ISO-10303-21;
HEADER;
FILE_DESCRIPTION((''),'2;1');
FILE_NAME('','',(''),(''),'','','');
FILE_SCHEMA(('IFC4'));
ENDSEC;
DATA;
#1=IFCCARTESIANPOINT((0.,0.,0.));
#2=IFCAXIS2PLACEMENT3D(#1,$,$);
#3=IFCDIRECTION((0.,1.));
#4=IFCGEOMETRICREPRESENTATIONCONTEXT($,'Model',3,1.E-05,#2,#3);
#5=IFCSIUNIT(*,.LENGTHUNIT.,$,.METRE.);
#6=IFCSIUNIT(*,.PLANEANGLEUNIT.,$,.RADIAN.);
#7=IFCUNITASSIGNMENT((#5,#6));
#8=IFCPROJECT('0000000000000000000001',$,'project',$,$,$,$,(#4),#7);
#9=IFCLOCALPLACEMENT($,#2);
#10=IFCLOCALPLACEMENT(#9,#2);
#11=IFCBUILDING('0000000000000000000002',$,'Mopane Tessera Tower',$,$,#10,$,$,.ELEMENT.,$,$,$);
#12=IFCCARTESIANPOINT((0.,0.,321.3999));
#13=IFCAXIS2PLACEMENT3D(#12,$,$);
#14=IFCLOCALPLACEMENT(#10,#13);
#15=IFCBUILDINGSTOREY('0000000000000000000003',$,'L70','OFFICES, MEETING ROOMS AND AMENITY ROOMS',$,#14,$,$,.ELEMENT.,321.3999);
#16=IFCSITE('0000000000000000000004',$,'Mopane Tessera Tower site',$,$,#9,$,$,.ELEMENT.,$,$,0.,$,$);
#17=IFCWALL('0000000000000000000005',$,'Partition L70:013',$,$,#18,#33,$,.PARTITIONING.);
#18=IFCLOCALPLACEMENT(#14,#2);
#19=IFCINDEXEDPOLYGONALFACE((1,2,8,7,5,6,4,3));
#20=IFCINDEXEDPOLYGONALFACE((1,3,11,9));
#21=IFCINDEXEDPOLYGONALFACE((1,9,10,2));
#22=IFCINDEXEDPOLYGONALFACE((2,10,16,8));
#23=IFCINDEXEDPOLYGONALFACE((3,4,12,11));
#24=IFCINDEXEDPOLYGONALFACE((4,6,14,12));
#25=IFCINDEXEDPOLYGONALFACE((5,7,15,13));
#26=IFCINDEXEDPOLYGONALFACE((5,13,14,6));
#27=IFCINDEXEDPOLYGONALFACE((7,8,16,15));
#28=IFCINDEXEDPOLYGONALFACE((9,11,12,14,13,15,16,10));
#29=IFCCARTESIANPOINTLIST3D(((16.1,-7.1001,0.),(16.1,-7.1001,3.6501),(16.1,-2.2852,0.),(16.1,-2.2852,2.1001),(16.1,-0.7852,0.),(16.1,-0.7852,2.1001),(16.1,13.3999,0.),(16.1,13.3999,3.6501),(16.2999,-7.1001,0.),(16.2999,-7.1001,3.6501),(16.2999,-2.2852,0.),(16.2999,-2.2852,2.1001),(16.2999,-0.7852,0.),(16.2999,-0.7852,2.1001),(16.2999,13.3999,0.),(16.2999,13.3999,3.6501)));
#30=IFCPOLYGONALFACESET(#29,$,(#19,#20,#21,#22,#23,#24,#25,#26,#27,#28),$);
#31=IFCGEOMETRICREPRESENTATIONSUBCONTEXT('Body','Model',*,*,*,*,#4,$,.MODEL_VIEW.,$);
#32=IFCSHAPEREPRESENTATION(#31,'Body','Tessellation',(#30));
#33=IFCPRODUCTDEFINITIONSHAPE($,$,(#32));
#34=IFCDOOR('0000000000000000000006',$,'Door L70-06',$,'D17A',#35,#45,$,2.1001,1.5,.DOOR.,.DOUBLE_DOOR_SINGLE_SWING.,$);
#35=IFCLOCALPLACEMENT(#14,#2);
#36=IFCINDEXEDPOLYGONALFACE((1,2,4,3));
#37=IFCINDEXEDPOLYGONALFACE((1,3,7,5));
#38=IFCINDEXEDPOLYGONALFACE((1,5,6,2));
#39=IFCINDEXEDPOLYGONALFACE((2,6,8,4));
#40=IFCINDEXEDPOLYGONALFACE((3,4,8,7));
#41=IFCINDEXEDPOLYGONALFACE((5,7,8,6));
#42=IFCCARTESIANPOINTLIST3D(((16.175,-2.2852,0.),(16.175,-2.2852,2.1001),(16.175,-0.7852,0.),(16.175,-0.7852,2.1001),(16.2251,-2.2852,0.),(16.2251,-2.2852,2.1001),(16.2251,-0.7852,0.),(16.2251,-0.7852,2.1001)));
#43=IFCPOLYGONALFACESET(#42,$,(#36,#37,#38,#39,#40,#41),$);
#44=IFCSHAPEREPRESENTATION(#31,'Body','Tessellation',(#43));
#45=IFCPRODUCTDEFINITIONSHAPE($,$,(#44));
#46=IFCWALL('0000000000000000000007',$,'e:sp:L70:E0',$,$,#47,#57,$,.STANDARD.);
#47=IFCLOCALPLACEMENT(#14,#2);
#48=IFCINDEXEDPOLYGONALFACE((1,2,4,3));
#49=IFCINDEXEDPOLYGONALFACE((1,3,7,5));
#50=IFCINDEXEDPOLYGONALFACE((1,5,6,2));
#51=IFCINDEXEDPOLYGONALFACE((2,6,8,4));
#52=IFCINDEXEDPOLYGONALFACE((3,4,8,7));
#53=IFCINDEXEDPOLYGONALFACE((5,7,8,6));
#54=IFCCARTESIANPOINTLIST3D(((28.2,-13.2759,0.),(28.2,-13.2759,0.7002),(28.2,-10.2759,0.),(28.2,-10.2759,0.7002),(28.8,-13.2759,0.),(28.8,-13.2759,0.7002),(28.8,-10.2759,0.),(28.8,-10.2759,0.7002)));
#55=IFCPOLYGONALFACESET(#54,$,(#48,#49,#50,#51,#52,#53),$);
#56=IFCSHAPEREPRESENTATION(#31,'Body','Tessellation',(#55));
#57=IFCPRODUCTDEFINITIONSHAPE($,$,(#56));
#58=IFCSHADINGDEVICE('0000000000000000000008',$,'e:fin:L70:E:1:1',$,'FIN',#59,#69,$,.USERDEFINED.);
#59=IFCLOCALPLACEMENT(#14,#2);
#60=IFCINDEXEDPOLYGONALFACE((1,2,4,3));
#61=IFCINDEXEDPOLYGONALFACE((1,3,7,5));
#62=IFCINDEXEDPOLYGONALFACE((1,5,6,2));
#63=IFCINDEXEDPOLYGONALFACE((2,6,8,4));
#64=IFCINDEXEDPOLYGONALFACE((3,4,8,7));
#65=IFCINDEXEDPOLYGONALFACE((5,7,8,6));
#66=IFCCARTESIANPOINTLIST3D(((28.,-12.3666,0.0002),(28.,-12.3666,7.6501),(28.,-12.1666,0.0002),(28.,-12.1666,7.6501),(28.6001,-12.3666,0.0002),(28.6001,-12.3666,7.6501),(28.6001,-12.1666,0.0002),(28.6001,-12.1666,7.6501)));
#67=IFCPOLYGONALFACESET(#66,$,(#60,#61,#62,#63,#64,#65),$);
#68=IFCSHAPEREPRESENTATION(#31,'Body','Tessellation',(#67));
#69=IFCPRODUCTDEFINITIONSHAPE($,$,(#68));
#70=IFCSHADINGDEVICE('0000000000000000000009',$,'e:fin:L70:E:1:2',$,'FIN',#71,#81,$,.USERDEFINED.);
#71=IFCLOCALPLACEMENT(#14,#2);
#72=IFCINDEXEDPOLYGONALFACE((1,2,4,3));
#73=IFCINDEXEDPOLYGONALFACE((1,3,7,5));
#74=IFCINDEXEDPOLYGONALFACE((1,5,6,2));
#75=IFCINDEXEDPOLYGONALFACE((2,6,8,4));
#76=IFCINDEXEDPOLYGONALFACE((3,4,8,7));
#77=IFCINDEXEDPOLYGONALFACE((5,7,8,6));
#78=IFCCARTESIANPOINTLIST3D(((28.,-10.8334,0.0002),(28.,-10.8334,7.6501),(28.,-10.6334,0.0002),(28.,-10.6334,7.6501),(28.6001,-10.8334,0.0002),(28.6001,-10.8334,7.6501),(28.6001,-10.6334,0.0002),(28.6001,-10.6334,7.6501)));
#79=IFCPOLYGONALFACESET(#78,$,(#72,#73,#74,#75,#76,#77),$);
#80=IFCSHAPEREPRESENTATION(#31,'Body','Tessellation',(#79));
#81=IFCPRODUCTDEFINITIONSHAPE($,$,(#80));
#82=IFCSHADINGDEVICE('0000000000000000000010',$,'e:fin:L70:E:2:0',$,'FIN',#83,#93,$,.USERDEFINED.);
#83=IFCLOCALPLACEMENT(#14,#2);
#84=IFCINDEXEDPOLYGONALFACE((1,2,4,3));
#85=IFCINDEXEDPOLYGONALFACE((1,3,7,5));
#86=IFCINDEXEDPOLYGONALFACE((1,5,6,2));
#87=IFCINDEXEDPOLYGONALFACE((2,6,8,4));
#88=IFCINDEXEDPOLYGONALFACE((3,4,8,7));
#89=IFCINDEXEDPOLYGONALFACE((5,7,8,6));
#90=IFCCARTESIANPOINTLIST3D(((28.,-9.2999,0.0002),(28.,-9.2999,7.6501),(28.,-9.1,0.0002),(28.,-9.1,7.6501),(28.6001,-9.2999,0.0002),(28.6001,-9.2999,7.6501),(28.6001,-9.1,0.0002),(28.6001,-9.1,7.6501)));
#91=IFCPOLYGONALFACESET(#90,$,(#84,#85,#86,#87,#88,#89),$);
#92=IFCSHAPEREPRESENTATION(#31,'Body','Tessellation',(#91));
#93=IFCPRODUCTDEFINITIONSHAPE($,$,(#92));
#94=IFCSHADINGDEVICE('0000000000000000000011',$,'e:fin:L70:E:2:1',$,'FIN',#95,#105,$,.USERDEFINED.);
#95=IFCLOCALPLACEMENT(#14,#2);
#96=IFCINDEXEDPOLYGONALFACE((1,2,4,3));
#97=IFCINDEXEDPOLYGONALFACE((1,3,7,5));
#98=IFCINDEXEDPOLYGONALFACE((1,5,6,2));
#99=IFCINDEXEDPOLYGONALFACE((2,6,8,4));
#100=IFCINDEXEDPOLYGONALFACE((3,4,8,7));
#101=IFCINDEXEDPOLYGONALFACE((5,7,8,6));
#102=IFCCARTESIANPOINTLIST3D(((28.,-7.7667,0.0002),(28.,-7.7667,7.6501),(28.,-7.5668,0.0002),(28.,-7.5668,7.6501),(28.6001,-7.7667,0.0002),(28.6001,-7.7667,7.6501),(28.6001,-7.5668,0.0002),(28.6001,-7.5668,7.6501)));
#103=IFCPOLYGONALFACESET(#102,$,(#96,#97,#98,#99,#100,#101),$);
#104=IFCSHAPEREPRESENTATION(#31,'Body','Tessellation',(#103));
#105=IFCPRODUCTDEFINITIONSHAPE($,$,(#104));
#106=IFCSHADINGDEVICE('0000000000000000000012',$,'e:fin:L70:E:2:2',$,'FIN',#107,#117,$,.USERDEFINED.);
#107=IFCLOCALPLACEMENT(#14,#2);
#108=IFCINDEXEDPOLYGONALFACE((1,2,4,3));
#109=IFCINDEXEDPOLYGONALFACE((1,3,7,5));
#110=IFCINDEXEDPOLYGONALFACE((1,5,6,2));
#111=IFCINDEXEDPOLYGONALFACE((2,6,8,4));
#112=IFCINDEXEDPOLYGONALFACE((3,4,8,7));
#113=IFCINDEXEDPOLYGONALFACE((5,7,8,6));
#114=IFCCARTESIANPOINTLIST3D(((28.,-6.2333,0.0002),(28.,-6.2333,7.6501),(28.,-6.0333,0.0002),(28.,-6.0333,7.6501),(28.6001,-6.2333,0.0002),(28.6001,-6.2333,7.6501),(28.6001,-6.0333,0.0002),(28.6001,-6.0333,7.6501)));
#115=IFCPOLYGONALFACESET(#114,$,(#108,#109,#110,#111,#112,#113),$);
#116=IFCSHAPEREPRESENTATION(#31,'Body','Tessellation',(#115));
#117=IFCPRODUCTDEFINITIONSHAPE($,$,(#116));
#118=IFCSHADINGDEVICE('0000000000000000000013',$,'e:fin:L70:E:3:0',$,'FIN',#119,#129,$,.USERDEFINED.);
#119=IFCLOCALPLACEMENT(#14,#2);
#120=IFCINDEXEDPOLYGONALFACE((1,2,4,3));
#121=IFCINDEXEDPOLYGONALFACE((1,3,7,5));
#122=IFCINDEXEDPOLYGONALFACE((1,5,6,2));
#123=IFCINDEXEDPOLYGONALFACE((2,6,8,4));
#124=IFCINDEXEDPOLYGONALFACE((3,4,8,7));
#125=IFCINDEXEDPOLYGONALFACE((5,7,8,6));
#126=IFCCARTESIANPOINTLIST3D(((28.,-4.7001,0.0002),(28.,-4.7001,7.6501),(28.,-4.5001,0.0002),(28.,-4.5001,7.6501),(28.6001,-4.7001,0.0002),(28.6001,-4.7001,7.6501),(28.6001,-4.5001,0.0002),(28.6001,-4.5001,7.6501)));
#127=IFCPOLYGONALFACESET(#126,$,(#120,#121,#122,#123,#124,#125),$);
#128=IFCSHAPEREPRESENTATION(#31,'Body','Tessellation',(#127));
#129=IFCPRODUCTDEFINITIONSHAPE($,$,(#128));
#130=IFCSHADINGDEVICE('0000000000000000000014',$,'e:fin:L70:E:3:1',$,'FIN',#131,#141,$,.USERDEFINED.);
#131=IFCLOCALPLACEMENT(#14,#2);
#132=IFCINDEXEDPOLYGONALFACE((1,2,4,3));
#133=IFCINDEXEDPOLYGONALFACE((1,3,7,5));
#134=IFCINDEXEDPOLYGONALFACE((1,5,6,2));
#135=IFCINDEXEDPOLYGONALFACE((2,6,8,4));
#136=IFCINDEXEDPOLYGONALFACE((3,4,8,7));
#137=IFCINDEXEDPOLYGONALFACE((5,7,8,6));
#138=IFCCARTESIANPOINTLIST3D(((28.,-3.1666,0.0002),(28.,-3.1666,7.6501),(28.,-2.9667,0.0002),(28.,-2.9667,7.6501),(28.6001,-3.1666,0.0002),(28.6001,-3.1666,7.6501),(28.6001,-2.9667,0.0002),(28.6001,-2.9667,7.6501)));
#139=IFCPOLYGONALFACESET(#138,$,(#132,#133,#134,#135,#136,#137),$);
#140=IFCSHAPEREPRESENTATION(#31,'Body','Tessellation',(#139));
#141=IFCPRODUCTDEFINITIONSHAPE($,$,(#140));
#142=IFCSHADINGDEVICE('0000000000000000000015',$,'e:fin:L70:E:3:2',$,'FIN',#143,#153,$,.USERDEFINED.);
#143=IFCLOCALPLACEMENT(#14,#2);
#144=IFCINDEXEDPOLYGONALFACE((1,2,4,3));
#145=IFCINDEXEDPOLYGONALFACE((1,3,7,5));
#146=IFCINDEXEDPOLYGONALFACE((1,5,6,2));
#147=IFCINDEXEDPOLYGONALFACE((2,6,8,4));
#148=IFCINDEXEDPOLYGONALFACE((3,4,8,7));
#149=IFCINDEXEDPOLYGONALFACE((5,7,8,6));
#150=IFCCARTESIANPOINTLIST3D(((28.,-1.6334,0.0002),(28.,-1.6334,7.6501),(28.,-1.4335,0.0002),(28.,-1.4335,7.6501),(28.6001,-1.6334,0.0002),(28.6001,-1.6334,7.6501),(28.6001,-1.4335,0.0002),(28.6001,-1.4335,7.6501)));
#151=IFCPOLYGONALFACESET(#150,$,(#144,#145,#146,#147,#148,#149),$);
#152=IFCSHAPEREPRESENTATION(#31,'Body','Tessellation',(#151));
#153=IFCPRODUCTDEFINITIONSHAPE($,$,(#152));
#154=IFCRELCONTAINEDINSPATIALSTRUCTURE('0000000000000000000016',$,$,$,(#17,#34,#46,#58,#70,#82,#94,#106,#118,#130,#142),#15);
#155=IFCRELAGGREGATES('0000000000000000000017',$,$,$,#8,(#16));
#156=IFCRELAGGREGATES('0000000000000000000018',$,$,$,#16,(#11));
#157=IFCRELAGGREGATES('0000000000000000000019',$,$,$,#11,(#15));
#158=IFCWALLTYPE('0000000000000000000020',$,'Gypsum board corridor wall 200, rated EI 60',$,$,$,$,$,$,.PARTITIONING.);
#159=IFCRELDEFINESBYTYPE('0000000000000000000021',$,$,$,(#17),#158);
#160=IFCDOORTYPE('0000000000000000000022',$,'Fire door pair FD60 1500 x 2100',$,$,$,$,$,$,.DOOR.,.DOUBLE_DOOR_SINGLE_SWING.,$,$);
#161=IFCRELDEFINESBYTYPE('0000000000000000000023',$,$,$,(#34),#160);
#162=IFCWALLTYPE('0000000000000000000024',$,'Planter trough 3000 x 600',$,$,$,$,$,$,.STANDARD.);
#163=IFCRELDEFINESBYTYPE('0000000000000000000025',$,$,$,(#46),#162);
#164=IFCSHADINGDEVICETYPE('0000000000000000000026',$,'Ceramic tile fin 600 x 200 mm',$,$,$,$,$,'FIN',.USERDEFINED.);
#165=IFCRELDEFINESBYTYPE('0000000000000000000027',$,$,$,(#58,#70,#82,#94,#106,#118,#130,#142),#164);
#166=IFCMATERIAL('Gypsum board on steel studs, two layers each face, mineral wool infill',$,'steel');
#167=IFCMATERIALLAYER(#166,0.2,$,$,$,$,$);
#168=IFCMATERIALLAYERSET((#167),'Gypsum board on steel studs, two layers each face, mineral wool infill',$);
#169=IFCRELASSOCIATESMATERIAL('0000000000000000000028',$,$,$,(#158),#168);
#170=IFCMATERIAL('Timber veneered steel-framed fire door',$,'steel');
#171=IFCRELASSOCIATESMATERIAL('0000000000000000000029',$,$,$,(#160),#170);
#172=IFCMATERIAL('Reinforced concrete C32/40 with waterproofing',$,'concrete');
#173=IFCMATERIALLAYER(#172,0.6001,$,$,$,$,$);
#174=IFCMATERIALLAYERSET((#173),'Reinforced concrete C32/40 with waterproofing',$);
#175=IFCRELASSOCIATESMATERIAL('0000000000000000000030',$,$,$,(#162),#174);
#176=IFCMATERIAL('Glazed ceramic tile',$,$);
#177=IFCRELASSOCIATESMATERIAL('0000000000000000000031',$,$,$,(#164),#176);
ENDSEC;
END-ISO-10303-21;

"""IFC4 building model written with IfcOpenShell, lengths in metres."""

from ifc_helpers import new_model, si_unit, direction, frame, frame_2d, origin, origin_2d, place, context, subcontext, project, spatial, rectangle, extrude, material, layer, layer_set, type_object, element, fill, save


model = new_model("IFC4")

# Units and contexts
model_context = context("Model", 3, precision=1e-05, world=origin(), true_north=direction((0.0, 1.0)))
body_context = subcontext(model_context, "Body", "Model", "MODEL_VIEW")
ifc_project = project(units=[si_unit("LENGTHUNIT", "METRE"), si_unit("PLANEANGLEUNIT", "RADIAN")], contexts=[model_context])

# Site, building, storey
site_placement = place(None, origin())
site = spatial("IfcSite", under=ifc_project, at=site_placement, Name="Mopane Tessera Tower site", CompositionType="ELEMENT", RefElevation=0.0)
building_placement = place(site_placement, origin())
building = spatial("IfcBuilding", under=site, at=building_placement, Name="Mopane Tessera Tower", CompositionType="ELEMENT")
storey_placement = place(building_placement, frame((0.0, 0.0, 321.3999)))
storey = spatial("IfcBuildingStorey", under=building, at=storey_placement, Name="L70", Description="OFFICES, MEETING ROOMS AND AMENITY ROOMS", CompositionType="ELEMENT", Elevation=321.3999)

# Shared definitions
ifc_material_1 = material(Name="Gypsum board on steel studs, two layers each face, mineral wool infill", Category="steel")
ifc_layer_1 = layer(ifc_material_1, 0.2)
ifc_layer_set_1 = layer_set([ifc_layer_1], Name="Gypsum board on steel studs, two layers each face, mineral wool infill")
wall_type_1 = type_object("IfcWallType", Name="Gypsum board corridor wall 200, rated EI 60", PredefinedType="PARTITIONING", material=ifc_layer_set_1)

# Wall, opening, door
wall_1_placement = place(storey_placement, frame((16.2, -7.1001, 0.0), z_axis=(0.0, 0.0, 1.0), x_axis=(0.0, 1.0, 0.0)))
wall_1 = element("IfcWall", 1, at=wall_1_placement, inside=storey, type_object=wall_type_1, Name="Partition L70:013", PredefinedType="PARTITIONING", context=body_context, shape_type="SweptSolid", body=[
    extrude(rectangle(XDim=20.5, YDim=0.2, at=frame_2d((10.25, 0.0))), origin(), (0.0, 0.0, 1.0), 3.6501),
])
opening_1_placement = place(wall_1_placement, frame((4.8149, 0.0, 0.0)))
opening_1 = element("IfcOpeningElement", 2, at=opening_1_placement, cuts=wall_1, PredefinedType="OPENING", context=body_context, shape_type="SweptSolid", body=[
    extrude(rectangle(XDim=1.5, YDim=2.1001, at=frame_2d((0.75, 1.05))), frame((0.0, 0.1121, 0.0), z_axis=(0.0, -1.0, 0.0), x_axis=(1.0, 0.0, 0.0)), (0.0, 0.0, 1.0), 0.2239),
])
ifc_material_2 = material(Name="Timber veneered steel-framed fire door", Category="steel")
door_type_1 = type_object("IfcDoorType", Name="Fire door pair FD60 1500 x 2100", OperationType="DOUBLE_DOOR_SINGLE_SWING", PredefinedType="DOOR", material=ifc_material_2)
door_1_placement = place(opening_1_placement, origin())
door_1 = element("IfcDoor", 3, at=door_1_placement, inside=storey, type_object=door_type_1, Name="Door L70-06", ObjectType="D17A", OperationType="DOUBLE_DOOR_SINGLE_SWING", OverallHeight=2.1001, OverallWidth=1.5, PredefinedType="DOOR", context=body_context, shape_type="SweptSolid", body=[
    extrude(rectangle(XDim=1.5, YDim=2.1001, at=frame_2d((0.75, 1.05))), frame((0.0, 0.0249, 0.0), z_axis=(0.0, -1.0, 0.0), x_axis=(1.0, 0.0, 0.0)), (0.0, 0.0, 1.0), 0.05),
])
fill(opening_1, door_1)

# Wall
ifc_material_3 = material(Name="Reinforced concrete C32/40 with waterproofing", Category="concrete")
ifc_layer_2 = layer(ifc_material_3, 0.6001)
ifc_layer_set_2 = layer_set([ifc_layer_2], Name="Reinforced concrete C32/40 with waterproofing")
wall_type_2 = type_object("IfcWallType", Name="Planter trough 3000 x 600", PredefinedType="STANDARD", material=ifc_layer_set_2)
wall_2_placement = place(storey_placement, frame((28.5, -13.2759, 0.0), z_axis=(0.0, 0.0, 1.0), x_axis=(0.0, 1.0, 0.0)))
element("IfcWall", 4, at=wall_2_placement, inside=storey, type_object=wall_type_2, Name="e:sp:L70:E0", PredefinedType="STANDARD", context=body_context, shape_type="SweptSolid", body=[
    extrude(rectangle(XDim=3.0, YDim=0.6001, at=frame_2d((1.5, 0.0))), origin(), (0.0, 0.0, 1.0), 0.7002),
])

# Shading devices
ifc_material_4 = material(Name="Glazed ceramic tile")
shading_device_type = type_object("IfcShadingDeviceType", Name="Ceramic tile fin 600 x 200 mm", ElementType="FIN", PredefinedType="USERDEFINED", material=ifc_material_4)
for number, where, z_axis, x_axis, name in (
    (5, (28.3, -12.2666, 0.0002), (0.0, 0.0, 1.0), (0.0, 1.0, 0.0), "e:fin:L70:E:1:1"),
    (6, (28.3, -10.7334, 0.0002), (0.0, 0.0, 1.0), (0.0, 1.0, 0.0), "e:fin:L70:E:1:2"),
    (7, (28.3, -9.2, 0.0002), (0.0, 0.0, 1.0), (0.0, 1.0, 0.0), "e:fin:L70:E:2:0"),
    (8, (28.3, -7.6667, 0.0002), (0.0, 0.0, 1.0), (0.0, 1.0, 0.0), "e:fin:L70:E:2:1"),
    (9, (28.3, -6.1333, 0.0002), (0.0, 0.0, 1.0), (0.0, 1.0, 0.0), "e:fin:L70:E:2:2"),
    (10, (28.3, -4.6001, 0.0002), (0.0, 0.0, 1.0), (0.0, 1.0, 0.0), "e:fin:L70:E:3:0"),
    (11, (28.3, -3.0667, 0.0002), (0.0, 0.0, 1.0), (0.0, 1.0, 0.0), "e:fin:L70:E:3:1"),
    (12, (28.3, -1.5334, 0.0002), (0.0, 0.0, 1.0), (0.0, 1.0, 0.0), "e:fin:L70:E:3:2"),
):
    element("IfcShadingDevice", number, at=place(storey_placement, frame(where, z_axis=z_axis, x_axis=x_axis)), inside=storey, type_object=shading_device_type, Name=name, ObjectType="FIN", PredefinedType="USERDEFINED", context=body_context, shape_type="SweptSolid", body=[
        extrude(rectangle(XDim=0.2, YDim=0.6001, at=origin_2d()), origin(), (0.0, 0.0, 1.0), 7.6499),
    ])

save(model, "model.ifc")
